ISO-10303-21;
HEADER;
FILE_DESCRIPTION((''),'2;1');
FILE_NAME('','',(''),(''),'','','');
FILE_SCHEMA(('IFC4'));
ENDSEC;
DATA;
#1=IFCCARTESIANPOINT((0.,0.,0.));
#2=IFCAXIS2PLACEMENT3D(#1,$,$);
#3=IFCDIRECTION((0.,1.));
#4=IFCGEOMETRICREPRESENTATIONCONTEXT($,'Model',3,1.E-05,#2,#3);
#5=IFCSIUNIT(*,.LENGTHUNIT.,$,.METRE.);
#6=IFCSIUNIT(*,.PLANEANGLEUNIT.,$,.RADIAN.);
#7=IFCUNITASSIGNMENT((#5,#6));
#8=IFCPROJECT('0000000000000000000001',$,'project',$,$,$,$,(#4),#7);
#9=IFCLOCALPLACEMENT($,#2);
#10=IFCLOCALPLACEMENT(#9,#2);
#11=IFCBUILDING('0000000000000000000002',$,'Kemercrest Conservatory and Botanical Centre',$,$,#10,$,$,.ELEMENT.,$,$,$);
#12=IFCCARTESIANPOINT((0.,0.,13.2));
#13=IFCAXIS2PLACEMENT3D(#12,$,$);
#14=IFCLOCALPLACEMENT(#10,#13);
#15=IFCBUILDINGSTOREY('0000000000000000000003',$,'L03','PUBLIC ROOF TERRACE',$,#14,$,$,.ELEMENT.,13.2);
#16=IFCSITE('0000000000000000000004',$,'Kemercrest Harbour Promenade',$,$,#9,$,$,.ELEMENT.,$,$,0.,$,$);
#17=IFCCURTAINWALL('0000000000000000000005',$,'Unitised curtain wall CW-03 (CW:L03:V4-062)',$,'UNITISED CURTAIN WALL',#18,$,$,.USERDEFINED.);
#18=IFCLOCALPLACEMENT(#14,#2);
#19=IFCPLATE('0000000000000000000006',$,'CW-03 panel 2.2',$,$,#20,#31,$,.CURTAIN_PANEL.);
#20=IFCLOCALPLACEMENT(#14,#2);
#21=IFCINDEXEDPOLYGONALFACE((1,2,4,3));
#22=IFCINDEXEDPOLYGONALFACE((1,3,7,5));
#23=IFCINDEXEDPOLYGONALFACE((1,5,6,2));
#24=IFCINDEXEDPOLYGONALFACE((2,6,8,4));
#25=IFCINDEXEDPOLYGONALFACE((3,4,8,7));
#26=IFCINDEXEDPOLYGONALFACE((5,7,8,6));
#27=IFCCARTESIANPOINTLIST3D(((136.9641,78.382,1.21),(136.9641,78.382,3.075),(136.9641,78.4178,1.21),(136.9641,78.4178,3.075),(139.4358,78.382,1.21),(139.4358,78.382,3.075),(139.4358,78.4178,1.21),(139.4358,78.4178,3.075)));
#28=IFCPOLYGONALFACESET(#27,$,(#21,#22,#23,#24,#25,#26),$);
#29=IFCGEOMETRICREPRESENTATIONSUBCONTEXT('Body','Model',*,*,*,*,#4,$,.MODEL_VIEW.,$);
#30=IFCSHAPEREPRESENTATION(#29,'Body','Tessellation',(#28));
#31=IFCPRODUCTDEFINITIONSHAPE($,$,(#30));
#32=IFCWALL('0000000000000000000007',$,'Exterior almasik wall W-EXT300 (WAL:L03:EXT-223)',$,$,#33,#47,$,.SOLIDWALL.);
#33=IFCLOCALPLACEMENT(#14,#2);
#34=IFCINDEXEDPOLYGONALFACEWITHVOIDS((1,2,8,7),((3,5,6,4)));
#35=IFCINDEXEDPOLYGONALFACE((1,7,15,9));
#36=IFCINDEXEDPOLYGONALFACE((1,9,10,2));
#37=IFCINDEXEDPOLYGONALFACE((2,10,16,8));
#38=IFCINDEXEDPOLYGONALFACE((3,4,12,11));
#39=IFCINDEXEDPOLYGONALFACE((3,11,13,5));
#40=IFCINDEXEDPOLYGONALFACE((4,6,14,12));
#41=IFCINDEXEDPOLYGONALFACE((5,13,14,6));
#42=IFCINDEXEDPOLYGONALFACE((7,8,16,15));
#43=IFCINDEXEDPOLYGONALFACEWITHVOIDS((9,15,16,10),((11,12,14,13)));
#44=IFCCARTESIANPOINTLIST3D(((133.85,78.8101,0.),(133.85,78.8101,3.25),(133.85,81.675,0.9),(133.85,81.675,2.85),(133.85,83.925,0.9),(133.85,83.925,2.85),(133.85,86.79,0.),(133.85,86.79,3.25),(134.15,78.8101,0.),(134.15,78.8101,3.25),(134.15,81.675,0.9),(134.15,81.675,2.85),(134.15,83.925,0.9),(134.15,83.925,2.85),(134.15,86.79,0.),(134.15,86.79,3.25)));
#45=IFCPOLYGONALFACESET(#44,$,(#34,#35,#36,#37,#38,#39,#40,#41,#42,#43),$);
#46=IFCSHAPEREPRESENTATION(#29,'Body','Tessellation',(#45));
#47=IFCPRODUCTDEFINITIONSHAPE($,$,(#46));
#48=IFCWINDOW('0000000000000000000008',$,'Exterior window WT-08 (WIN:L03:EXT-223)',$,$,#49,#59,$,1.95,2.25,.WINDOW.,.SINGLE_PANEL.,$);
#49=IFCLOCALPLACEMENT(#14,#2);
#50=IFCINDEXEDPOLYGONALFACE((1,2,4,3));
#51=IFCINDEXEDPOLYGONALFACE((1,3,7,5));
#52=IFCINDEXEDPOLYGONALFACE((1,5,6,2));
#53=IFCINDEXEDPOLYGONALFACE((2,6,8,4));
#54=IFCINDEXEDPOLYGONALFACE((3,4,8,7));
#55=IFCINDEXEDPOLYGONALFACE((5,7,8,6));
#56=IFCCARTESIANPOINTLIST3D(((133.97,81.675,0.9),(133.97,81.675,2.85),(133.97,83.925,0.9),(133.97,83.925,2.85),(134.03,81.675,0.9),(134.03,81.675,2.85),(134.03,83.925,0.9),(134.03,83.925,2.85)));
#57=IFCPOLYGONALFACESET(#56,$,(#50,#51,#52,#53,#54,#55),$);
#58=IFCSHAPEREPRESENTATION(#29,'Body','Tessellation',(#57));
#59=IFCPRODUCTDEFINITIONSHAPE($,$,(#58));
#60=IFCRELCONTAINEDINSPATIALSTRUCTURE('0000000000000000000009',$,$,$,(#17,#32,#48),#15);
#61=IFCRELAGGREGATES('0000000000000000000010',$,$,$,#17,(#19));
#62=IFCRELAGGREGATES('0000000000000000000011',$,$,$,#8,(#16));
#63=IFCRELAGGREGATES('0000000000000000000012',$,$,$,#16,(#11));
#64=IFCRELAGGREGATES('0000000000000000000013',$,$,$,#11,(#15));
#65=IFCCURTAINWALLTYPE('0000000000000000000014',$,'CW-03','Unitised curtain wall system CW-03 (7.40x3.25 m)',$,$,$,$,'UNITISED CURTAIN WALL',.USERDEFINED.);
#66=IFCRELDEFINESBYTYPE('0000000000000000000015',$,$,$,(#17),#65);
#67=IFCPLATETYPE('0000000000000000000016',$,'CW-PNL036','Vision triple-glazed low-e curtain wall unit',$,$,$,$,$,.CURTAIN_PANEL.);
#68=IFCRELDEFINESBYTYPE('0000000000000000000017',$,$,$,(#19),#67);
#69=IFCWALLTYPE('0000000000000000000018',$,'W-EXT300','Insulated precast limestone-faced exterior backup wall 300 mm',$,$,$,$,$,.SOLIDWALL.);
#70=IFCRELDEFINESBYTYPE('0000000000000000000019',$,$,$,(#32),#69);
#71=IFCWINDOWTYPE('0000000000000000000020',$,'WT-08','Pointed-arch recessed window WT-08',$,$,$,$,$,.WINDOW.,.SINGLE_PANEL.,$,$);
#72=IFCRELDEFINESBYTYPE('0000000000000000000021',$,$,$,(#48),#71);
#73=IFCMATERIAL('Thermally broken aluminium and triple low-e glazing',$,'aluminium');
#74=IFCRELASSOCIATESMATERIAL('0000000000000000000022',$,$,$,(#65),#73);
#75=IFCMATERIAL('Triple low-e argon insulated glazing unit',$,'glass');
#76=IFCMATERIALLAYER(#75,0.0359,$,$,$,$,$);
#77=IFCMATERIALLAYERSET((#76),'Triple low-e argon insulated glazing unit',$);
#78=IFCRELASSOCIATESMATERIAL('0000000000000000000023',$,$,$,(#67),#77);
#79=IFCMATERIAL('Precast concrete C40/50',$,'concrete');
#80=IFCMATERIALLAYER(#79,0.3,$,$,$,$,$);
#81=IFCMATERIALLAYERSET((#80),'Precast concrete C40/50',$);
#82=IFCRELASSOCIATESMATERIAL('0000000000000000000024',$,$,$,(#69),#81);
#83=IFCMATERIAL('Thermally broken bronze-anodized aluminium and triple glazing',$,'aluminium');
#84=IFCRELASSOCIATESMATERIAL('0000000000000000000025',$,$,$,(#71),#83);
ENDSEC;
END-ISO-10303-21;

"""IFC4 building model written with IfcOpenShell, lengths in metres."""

from ifc_helpers import new_model, si_unit, direction, frame, frame_2d, origin, origin_2d, place, context, subcontext, project, spatial, rectangle, extrude, material, layer, layer_set, type_object, element, fill, aggregate, save


model = new_model("IFC4")

# Units and contexts
model_context = context("Model", 3, precision=1e-05, world=origin(), true_north=direction((0.0, 1.0)))
body_context = subcontext(model_context, "Body", "Model", "MODEL_VIEW")
ifc_project = project(units=[si_unit("LENGTHUNIT", "METRE"), si_unit("PLANEANGLEUNIT", "RADIAN")], contexts=[model_context])

# Site, building, storey
site_placement = place(None, origin())
site = spatial("IfcSite", under=ifc_project, at=site_placement, Name="Kemercrest Harbour Promenade", CompositionType="ELEMENT", RefElevation=0.0)
building_placement = place(site_placement, origin())
building = spatial("IfcBuilding", under=site, at=building_placement, Name="Kemercrest Conservatory and Botanical Centre", CompositionType="ELEMENT")
storey_placement = place(building_placement, frame((0.0, 0.0, 13.2)))
storey = spatial("IfcBuildingStorey", under=building, at=storey_placement, Name="L03", Description="PUBLIC ROOF TERRACE", CompositionType="ELEMENT", Elevation=13.2)

# Curtain wall
ifc_material_1 = material(Name="Thermally broken aluminium and triple low-e glazing", Category="aluminium")
curtain_wall_type = type_object("IfcCurtainWallType", Name="CW-03", Description="Unitised curtain wall system CW-03 (7.40x3.25 m)", ElementType="UNITISED CURTAIN WALL", PredefinedType="USERDEFINED", material=ifc_material_1)
curtain_wall_placement = place(storey_placement, origin())
curtain_wall = element("IfcCurtainWall", 1, at=curtain_wall_placement, inside=storey, type_object=curtain_wall_type, Name="Unitised curtain wall CW-03 (CW:L03:V4-062)", ObjectType="UNITISED CURTAIN WALL", PredefinedType="USERDEFINED")

# Plate
ifc_material_2 = material(Name="Triple low-e argon insulated glazing unit", Category="glass")
ifc_layer_1 = layer(ifc_material_2, 0.0359)
ifc_layer_set_1 = layer_set([ifc_layer_1], Name="Triple low-e argon insulated glazing unit")
plate_type = type_object("IfcPlateType", Name="CW-PNL036", Description="Vision triple-glazed low-e curtain wall unit", PredefinedType="CURTAIN_PANEL", material=ifc_layer_set_1)
plate_1_placement = place(storey_placement, frame((138.2, 78.3999, 1.21), z_axis=(0.0, 0.0, 1.0), x_axis=(1.0, 0.0, 0.0)))
plate_1 = element("IfcPlate", 2, at=plate_1_placement, type_object=plate_type, Name="CW-03 panel 2.2", PredefinedType="CURTAIN_PANEL", context=body_context, shape_type="SweptSolid", body=[
    extrude(rectangle(XDim=2.4717, YDim=0.0359, at=origin_2d()), origin(), (0.0, 0.0, 1.0), 1.865),
])
aggregate(curtain_wall, [plate_1])

# Wall, opening, window
ifc_material_3 = material(Name="Precast concrete C40/50", Category="concrete")
ifc_layer_2 = layer(ifc_material_3, 0.3)
ifc_layer_set_2 = layer_set([ifc_layer_2], Name="Precast concrete C40/50")
wall_type = type_object("IfcWallType", Name="W-EXT300", Description="Insulated precast limestone-faced exterior backup wall 300 mm", PredefinedType="SOLIDWALL", material=ifc_layer_set_2)
wall_placement = place(storey_placement, frame((134.0, 86.79, 0.0), z_axis=(0.0, 0.0, 1.0), x_axis=(0.0, -1.0, 0.0)))
wall = element("IfcWall", 3, at=wall_placement, inside=storey, type_object=wall_type, Name="Exterior almasik wall W-EXT300 (WAL:L03:EXT-223)", PredefinedType="SOLIDWALL", context=body_context, shape_type="SweptSolid", body=[
    extrude(rectangle(XDim=7.98, YDim=0.3, at=frame_2d((3.99, 0.0))), origin(), (0.0, 0.0, 1.0), 3.25),
])
opening_placement = place(wall_placement, frame((2.865, 0.0, 0.8999)))
opening = element("IfcOpeningElement", 4, at=opening_placement, cuts=wall, PredefinedType="OPENING", context=body_context, shape_type="SweptSolid", body=[
    extrude(rectangle(XDim=2.25, YDim=1.95, at=frame_2d((1.125, 0.9751))), frame((0.0, 0.1602, 0.0), z_axis=(0.0, -1.0, 0.0), x_axis=(1.0, 0.0, 0.0)), (0.0, 0.0, 1.0), 0.3201),
])
ifc_material_4 = material(Name="Thermally broken bronze-anodized aluminium and triple glazing", Category="aluminium")
window_type = type_object("IfcWindowType", Name="WT-08", Description="Pointed-arch recessed window WT-08", PartitioningType="SINGLE_PANEL", PredefinedType="WINDOW", material=ifc_material_4)
window_placement = place(opening_placement, origin())
window = element("IfcWindow", 5, at=window_placement, inside=storey, type_object=window_type, Name="Exterior window WT-08 (WIN:L03:EXT-223)", OverallHeight=1.95, OverallWidth=2.25, PartitioningType="SINGLE_PANEL", PredefinedType="WINDOW", context=body_context, shape_type="SweptSolid", body=[
    extrude(rectangle(XDim=2.25, YDim=1.95, at=frame_2d((1.125, 0.9751))), frame((0.0, 0.03, 0.0), z_axis=(0.0, -1.0, 0.0), x_axis=(1.0, 0.0, 0.0)), (0.0, 0.0, 1.0), 0.0601),
])
fill(opening, window)

save(model, "model.ifc")
